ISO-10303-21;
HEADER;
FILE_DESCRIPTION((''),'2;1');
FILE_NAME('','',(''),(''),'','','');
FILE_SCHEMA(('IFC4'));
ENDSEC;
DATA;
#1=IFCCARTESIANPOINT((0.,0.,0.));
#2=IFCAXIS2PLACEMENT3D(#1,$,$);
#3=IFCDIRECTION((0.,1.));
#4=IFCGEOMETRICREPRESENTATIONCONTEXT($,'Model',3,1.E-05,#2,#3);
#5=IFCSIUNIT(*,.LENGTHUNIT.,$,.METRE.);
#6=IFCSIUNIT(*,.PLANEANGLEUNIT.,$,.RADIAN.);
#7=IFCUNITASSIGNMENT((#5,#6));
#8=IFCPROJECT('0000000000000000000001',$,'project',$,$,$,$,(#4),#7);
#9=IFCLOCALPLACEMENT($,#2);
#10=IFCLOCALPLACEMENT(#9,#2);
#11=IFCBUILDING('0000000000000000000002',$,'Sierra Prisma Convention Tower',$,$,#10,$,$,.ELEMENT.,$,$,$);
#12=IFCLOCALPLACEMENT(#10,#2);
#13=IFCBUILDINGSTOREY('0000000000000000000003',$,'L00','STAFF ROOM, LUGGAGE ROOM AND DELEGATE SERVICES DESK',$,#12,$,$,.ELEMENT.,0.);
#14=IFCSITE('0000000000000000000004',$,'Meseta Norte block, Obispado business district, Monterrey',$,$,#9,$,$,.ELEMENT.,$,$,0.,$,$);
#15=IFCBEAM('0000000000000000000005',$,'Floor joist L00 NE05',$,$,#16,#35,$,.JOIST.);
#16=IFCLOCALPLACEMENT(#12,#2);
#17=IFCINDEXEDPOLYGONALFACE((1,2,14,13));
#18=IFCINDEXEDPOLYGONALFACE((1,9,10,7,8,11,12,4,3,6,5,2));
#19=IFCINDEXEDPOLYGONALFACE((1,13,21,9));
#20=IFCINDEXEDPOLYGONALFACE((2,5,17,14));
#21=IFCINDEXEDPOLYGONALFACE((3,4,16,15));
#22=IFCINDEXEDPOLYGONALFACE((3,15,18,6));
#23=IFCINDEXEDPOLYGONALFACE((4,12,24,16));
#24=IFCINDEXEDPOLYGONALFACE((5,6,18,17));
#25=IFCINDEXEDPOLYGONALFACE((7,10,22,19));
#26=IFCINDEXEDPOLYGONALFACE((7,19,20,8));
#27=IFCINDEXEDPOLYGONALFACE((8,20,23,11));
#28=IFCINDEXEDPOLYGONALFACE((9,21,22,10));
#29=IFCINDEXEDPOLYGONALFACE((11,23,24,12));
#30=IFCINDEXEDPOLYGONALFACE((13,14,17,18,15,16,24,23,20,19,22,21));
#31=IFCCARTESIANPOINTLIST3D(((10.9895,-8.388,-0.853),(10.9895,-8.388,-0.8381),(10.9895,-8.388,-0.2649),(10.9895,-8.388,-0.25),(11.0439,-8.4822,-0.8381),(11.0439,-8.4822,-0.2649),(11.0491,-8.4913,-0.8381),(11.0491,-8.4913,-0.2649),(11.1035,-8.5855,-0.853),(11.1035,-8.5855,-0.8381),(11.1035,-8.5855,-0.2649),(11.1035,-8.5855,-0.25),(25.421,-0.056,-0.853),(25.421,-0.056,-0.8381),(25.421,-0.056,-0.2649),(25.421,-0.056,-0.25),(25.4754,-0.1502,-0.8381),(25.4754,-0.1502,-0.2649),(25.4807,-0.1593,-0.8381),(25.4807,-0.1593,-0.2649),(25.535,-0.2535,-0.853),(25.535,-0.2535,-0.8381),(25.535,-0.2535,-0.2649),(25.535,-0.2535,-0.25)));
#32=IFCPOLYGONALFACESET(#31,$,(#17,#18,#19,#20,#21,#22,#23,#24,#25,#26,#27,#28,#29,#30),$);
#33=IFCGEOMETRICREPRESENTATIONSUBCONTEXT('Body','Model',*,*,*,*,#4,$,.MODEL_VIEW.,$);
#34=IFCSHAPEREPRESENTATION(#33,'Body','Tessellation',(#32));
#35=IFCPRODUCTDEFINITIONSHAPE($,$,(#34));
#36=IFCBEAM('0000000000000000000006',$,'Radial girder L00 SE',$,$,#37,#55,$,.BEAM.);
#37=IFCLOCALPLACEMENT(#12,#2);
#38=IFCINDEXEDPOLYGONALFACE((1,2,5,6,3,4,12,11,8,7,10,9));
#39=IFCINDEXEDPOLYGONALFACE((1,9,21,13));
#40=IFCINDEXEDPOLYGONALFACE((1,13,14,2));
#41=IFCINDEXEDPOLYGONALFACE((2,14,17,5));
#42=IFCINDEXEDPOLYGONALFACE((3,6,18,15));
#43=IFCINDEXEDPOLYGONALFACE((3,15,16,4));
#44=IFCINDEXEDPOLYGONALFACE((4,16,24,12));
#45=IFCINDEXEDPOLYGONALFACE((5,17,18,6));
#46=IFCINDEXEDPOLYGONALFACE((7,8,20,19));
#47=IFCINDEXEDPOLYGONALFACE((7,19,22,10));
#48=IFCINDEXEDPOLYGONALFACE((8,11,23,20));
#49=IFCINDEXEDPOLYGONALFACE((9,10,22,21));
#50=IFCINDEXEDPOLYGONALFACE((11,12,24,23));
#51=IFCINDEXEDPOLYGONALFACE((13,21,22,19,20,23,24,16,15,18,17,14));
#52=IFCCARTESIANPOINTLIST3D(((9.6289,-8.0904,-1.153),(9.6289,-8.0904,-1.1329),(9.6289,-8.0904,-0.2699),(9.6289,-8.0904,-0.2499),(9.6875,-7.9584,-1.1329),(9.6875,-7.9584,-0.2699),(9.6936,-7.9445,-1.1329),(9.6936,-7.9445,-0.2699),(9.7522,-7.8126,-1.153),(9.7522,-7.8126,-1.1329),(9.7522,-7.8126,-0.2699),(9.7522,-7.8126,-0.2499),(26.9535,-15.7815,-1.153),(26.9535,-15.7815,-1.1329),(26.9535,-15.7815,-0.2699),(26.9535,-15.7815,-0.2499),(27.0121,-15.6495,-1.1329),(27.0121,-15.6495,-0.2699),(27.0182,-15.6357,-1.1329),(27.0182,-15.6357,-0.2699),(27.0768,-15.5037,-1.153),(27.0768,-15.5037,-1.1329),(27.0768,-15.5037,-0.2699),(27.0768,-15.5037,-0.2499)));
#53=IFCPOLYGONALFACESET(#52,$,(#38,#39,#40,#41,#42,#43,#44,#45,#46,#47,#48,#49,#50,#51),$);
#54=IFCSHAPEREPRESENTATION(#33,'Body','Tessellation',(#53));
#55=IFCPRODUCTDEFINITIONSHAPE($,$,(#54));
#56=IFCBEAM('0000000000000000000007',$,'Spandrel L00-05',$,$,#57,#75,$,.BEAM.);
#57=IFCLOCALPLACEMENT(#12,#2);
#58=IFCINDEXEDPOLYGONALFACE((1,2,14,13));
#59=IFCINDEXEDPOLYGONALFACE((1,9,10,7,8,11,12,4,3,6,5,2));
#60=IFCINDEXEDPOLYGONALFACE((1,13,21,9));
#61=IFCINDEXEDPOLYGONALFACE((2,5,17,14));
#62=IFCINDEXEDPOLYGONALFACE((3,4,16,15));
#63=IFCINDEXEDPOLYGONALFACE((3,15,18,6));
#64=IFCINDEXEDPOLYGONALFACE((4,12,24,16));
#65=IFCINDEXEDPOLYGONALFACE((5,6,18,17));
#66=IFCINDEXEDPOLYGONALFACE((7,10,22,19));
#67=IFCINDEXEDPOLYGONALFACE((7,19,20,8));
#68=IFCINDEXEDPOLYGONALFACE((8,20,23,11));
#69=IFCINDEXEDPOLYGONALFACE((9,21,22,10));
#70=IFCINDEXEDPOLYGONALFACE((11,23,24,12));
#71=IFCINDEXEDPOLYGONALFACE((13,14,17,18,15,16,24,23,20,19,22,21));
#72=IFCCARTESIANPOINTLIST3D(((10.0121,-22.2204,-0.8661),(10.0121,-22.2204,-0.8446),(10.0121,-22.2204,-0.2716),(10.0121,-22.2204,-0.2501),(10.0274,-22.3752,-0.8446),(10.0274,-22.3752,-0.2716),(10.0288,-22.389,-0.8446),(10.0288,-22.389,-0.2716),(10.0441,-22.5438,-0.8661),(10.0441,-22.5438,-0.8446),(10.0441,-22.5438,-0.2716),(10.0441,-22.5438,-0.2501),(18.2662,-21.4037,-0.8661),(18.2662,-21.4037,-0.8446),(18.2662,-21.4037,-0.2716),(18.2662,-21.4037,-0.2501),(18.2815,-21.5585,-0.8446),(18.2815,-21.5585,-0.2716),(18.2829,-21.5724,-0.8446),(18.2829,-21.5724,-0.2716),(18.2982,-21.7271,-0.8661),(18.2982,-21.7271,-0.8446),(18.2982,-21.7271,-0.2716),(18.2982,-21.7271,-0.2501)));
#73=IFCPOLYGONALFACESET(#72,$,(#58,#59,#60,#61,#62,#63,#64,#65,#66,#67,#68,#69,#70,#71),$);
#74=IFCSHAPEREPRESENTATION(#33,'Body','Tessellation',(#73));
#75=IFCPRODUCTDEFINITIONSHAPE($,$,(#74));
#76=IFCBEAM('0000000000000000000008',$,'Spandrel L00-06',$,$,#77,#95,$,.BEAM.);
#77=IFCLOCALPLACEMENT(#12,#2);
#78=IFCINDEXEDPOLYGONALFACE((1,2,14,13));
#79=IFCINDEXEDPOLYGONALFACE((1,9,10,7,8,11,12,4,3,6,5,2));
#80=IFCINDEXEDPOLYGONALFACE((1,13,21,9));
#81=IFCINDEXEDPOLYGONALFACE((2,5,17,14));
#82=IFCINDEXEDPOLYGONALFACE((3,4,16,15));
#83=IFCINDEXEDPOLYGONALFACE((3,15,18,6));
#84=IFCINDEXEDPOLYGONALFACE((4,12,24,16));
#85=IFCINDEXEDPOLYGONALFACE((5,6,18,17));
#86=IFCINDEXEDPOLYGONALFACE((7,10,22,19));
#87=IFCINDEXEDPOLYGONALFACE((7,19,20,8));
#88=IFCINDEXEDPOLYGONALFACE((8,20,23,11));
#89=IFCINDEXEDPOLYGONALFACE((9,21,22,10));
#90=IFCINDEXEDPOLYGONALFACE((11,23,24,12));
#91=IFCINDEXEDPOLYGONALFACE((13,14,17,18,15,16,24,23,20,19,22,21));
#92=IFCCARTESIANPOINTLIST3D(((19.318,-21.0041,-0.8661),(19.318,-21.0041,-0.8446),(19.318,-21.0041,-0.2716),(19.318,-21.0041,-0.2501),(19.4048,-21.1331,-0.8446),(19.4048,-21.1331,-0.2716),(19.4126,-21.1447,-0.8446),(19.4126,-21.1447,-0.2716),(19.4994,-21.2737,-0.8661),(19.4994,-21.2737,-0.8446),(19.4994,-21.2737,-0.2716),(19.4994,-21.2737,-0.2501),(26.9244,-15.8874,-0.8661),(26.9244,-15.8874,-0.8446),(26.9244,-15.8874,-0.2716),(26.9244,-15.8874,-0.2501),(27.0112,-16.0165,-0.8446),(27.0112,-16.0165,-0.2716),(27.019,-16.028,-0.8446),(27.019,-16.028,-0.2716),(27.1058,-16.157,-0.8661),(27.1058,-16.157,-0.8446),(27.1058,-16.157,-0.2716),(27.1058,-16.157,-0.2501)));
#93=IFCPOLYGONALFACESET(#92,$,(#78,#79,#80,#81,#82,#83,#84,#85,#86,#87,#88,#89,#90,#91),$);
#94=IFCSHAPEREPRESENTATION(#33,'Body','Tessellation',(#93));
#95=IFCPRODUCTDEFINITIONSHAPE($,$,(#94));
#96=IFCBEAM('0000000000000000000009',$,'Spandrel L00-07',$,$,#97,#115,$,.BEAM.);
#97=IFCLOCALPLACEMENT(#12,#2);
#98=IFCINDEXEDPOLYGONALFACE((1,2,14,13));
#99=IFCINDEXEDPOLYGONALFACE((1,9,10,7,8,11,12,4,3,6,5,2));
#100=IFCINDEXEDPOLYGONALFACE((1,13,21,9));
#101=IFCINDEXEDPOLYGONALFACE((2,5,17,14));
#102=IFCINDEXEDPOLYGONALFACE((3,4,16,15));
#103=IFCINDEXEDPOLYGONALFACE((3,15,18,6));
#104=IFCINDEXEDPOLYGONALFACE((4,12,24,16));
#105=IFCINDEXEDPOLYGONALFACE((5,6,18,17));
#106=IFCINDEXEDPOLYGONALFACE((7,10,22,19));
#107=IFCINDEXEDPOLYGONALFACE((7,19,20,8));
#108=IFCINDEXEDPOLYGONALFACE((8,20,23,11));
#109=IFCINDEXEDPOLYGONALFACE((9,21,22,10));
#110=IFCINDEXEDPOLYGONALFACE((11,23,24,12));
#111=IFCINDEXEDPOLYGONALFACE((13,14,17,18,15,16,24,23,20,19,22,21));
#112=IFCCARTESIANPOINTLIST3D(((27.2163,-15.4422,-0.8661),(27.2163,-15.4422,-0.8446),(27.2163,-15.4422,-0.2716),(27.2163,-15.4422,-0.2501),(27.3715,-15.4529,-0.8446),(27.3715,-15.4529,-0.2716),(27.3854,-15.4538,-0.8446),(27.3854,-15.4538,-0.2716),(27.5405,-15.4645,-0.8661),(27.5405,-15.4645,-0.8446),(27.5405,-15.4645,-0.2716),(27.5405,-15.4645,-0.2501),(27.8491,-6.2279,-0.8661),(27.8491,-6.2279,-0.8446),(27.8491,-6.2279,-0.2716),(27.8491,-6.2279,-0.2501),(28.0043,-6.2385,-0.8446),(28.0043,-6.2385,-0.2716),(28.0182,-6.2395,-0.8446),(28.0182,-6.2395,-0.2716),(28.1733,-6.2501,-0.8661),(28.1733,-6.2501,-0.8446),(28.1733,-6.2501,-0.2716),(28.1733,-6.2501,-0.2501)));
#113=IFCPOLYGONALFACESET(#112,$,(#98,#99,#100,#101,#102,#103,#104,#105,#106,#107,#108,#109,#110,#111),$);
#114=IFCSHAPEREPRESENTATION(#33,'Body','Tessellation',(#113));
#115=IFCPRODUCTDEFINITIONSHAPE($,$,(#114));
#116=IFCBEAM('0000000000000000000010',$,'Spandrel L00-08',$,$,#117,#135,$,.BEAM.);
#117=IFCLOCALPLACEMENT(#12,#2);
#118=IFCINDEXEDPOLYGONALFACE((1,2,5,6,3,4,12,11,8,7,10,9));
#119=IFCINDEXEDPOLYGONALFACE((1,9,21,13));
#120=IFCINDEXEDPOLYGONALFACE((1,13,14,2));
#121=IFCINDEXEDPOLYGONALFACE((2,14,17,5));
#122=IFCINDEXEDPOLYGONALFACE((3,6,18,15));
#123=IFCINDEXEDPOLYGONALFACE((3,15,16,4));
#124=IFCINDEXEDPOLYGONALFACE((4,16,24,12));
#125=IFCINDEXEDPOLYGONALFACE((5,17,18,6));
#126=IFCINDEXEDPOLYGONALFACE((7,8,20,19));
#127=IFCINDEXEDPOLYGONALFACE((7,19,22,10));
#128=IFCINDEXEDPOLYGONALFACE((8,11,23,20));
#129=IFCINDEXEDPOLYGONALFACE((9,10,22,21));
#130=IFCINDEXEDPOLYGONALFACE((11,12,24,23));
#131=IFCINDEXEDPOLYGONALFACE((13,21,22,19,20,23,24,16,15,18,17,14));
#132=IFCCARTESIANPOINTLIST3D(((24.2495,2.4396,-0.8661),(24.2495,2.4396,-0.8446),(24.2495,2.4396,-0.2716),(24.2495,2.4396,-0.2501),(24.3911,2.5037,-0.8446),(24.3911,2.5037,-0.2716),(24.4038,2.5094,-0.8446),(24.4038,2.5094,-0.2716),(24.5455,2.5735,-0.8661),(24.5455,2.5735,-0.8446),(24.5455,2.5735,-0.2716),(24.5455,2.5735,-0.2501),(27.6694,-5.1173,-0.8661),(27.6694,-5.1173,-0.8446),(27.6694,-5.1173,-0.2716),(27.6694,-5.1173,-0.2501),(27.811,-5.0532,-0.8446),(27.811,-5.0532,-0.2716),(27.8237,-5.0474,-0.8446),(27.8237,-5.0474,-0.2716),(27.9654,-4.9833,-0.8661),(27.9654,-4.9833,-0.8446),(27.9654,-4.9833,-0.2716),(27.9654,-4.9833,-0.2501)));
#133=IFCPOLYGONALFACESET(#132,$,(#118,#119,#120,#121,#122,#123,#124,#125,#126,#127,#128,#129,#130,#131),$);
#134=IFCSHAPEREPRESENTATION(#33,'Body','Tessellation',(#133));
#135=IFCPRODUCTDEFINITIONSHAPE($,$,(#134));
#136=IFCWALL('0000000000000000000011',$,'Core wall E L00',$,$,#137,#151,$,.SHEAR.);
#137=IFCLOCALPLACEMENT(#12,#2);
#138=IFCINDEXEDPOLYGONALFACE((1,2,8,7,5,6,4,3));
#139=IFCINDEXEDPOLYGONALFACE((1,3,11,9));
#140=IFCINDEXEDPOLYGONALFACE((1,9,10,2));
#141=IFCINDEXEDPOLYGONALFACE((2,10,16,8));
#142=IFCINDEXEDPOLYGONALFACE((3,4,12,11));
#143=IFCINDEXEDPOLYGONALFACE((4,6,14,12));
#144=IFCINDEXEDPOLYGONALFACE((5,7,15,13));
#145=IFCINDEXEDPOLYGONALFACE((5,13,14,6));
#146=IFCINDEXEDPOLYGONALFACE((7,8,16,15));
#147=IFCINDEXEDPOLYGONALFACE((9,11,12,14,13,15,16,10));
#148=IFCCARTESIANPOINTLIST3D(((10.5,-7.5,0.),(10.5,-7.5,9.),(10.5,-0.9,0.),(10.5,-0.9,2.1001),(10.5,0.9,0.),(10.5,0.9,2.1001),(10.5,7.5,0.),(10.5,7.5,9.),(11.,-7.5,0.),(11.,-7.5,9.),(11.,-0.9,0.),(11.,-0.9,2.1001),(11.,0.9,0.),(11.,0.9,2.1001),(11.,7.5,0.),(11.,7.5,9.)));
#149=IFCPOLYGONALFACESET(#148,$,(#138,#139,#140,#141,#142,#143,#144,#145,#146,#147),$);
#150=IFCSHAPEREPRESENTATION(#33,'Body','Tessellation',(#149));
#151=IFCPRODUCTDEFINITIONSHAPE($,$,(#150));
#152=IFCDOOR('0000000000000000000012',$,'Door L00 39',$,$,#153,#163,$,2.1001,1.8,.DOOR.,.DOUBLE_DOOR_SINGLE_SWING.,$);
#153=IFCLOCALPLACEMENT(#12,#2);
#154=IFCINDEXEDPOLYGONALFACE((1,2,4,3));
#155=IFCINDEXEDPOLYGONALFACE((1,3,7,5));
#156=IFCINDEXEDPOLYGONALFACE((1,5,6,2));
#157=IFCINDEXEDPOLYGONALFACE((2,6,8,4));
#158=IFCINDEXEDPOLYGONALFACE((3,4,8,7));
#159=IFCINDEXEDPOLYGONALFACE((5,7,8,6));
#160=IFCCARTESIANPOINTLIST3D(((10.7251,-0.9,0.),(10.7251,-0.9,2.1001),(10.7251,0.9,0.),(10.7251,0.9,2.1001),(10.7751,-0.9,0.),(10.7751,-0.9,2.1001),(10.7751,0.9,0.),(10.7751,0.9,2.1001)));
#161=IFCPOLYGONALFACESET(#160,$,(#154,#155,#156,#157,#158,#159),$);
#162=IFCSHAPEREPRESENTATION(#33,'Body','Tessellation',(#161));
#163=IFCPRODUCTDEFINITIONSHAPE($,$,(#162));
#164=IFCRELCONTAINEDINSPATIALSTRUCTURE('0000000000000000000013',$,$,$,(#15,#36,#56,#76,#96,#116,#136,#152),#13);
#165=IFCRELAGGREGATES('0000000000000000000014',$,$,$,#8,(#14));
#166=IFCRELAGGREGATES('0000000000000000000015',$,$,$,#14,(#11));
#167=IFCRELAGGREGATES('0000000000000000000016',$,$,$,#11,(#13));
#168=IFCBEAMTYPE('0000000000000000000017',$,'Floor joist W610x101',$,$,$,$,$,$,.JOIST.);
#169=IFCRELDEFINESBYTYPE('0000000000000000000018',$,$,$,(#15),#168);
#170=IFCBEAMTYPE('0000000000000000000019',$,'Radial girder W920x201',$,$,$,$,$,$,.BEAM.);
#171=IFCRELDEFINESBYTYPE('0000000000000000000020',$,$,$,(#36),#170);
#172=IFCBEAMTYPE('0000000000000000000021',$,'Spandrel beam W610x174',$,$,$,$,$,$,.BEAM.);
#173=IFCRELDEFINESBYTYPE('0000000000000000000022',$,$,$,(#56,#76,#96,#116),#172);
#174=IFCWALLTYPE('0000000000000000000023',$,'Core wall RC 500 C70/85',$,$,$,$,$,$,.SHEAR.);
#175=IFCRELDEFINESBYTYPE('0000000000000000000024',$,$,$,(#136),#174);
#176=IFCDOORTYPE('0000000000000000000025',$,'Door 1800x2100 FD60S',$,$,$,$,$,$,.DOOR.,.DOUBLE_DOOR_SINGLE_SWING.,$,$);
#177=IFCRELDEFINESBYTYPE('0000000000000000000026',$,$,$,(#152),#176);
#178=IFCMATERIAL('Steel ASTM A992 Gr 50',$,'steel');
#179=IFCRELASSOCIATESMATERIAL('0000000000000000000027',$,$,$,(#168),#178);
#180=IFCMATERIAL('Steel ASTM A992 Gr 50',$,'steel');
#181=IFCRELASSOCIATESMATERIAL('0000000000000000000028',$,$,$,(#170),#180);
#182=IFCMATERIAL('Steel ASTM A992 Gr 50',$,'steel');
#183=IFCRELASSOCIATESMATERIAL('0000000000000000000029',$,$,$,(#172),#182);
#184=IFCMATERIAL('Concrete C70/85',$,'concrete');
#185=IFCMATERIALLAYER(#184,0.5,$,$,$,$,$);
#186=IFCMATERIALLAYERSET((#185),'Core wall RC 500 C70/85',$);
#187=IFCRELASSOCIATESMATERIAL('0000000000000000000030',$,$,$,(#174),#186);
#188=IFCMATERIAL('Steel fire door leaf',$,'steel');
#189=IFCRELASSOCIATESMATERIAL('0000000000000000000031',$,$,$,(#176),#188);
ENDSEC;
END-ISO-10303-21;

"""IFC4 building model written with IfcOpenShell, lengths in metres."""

from ifc_helpers import new_model, si_unit, direction, frame, frame_2d, origin, origin_2d, place, context, subcontext, project, spatial, rectangle, i_section, extrude, material, layer, layer_set, material_profile, profile_set, type_object, element, fill, save


model = new_model("IFC4")

# Units and contexts
model_context = context("Model", 3, precision=1e-05, world=origin(), true_north=direction((0.0, 1.0)))
body_context = subcontext(model_context, "Body", "Model", "MODEL_VIEW")
ifc_project = project(units=[si_unit("LENGTHUNIT", "METRE"), si_unit("PLANEANGLEUNIT", "RADIAN")], contexts=[model_context])

# Site, building, storey
site_placement = place(None, origin())
site = spatial("IfcSite", under=ifc_project, at=site_placement, Name="Meseta Norte block, Obispado business district, Monterrey", CompositionType="ELEMENT", RefElevation=0.0)
building_placement = place(site_placement, origin())
building = spatial("IfcBuilding", under=site, at=building_placement, Name="Sierra Prisma Convention Tower", CompositionType="ELEMENT")
storey_placement = place(building_placement, origin())
storey = spatial("IfcBuildingStorey", under=building, at=storey_placement, Name="L00", Description="STAFF ROOM, LUGGAGE ROOM AND DELEGATE SERVICES DESK", CompositionType="ELEMENT", Elevation=0.0)

# Beams
ifc_material_1 = material(Name="Steel ASTM A992 Gr 50", Category="steel")
ifc_material_profile_1 = material_profile(ifc_material_1, i_section(OverallWidth=0.228, OverallDepth=0.603, WebThickness=0.0105, FlangeThickness=0.0149, at=origin_2d()), Name="W610x101")
ifc_profile_set_1 = profile_set([ifc_material_profile_1], Name="Steel ASTM A992 Gr 50")
beam_type_1 = type_object("IfcBeamType", Name="Floor joist W610x101", PredefinedType="JOIST", material=ifc_profile_set_1)
beam_1_placement = place(storey_placement, frame((25.478, -0.1548, -0.5515), z_axis=(-0.866027, -0.499996, 0.0), x_axis=(0.499996, -0.866027, 0.0)))
element("IfcBeam", 1, at=beam_1_placement, inside=storey, type_object=beam_type_1, Name="Floor joist L00 NE05", PredefinedType="JOIST", context=body_context, shape_type="SweptSolid", body=[
    extrude(i_section(OverallWidth=0.228, OverallDepth=0.603, WebThickness=0.0105, FlangeThickness=0.0149, at=origin_2d()), origin(), (0.0, 0.0, 1.0), 16.6641),
])
ifc_material_2 = material(Name="Steel ASTM A992 Gr 50", Category="steel")
ifc_material_profile_2 = material_profile(ifc_material_2, i_section(OverallWidth=0.304, OverallDepth=0.9031, WebThickness=0.0151, FlangeThickness=0.02, at=origin_2d()), Name="W920x201")
ifc_profile_set_2 = profile_set([ifc_material_profile_2], Name="Steel ASTM A992 Gr 50")
beam_type_2 = type_object("IfcBeamType", Name="Radial girder W920x201", PredefinedType="BEAM", material=ifc_profile_set_2)
beam_2_placement = place(storey_placement, frame((27.0151, -15.6426, -0.7014), z_axis=(-0.913982, 0.405755, 0.0), x_axis=(-0.405755, -0.913982, 0.0)))
element("IfcBeam", 2, at=beam_2_placement, inside=storey, type_object=beam_type_2, Name="Radial girder L00 SE", PredefinedType="BEAM", context=body_context, shape_type="SweptSolid", body=[
    extrude(i_section(OverallWidth=0.304, OverallDepth=0.9031, WebThickness=0.0151, FlangeThickness=0.02, at=origin_2d()), origin(), (0.0, 0.0, 1.0), 18.9551),
])
ifc_material_3 = material(Name="Steel ASTM A992 Gr 50", Category="steel")
ifc_material_profile_3 = material_profile(ifc_material_3, i_section(OverallWidth=0.325, OverallDepth=0.616, WebThickness=0.0139, FlangeThickness=0.0215, at=origin_2d()), Name="W610x174")
ifc_profile_set_3 = profile_set([ifc_material_profile_3], Name="Steel ASTM A992 Gr 50")
beam_type_3 = type_object("IfcBeamType", Name="Spandrel beam W610x174", PredefinedType="BEAM", material=ifc_profile_set_3)
beam_3_placement = place(storey_placement, frame((10.0281, -22.3821, -0.5581), z_axis=(0.995141, 0.098457, 0.0), x_axis=(-0.098457, 0.995141, 0.0)))
element("IfcBeam", 3, at=beam_3_placement, inside=storey, type_object=beam_type_3, Name="Spandrel L00-05", PredefinedType="BEAM", context=body_context, shape_type="SweptSolid", body=[
    extrude(i_section(OverallWidth=0.325, OverallDepth=0.616, WebThickness=0.0139, FlangeThickness=0.0215, at=origin_2d()), origin(), (0.0, 0.0, 1.0), 8.2944),
])
beam_4_placement = place(storey_placement, frame((19.4087, -21.1389, -0.5581), z_axis=(0.82974, 0.558149, 0.0), x_axis=(-0.558149, 0.82974, 0.0)))
element("IfcBeam", 4, at=beam_4_placement, inside=storey, type_object=beam_type_3, Name="Spandrel L00-06", PredefinedType="BEAM", context=body_context, shape_type="SweptSolid", body=[
    extrude(i_section(OverallWidth=0.325, OverallDepth=0.616, WebThickness=0.0139, FlangeThickness=0.0215, at=origin_2d()), origin(), (0.0, 0.0, 1.0), 9.1672),
])
beam_5_placement = place(storey_placement, frame((27.3784, -15.4534, -0.5581), z_axis=(0.068515, 0.99765, 0.0), x_axis=(-0.99765, 0.068515, 0.0)))
element("IfcBeam", 5, at=beam_5_placement, inside=storey, type_object=beam_type_3, Name="Spandrel L00-07", PredefinedType="BEAM", context=body_context, shape_type="SweptSolid", body=[
    extrude(i_section(OverallWidth=0.325, OverallDepth=0.616, WebThickness=0.0139, FlangeThickness=0.0215, at=origin_2d()), origin(), (0.0, 0.0, 1.0), 9.2361),
])
beam_6_placement = place(storey_placement, frame((27.8174, -5.0503, -0.5581), z_axis=(-0.412301, 0.911048, 0.0), x_axis=(-0.911048, -0.412301, 0.0)))
element("IfcBeam", 6, at=beam_6_placement, inside=storey, type_object=beam_type_3, Name="Spandrel L00-08", PredefinedType="BEAM", context=body_context, shape_type="SweptSolid", body=[
    extrude(i_section(OverallWidth=0.325, OverallDepth=0.616, WebThickness=0.0139, FlangeThickness=0.0215, at=origin_2d()), origin(), (0.0, 0.0, 1.0), 8.2947),
])

# Wall, opening, door
ifc_material_4 = material(Name="Concrete C70/85", Category="concrete")
ifc_layer_1 = layer(ifc_material_4, 0.5)
ifc_layer_set_1 = layer_set([ifc_layer_1], Name="Core wall RC 500 C70/85")
wall_type_1 = type_object("IfcWallType", Name="Core wall RC 500 C70/85", PredefinedType="SHEAR", material=ifc_layer_set_1)
wall_1_placement = place(storey_placement, frame((10.75, -7.5, 0.0), z_axis=(0.0, 0.0, 1.0), x_axis=(0.0, 1.0, 0.0)))
wall_1 = element("IfcWall", 7, at=wall_1_placement, inside=storey, type_object=wall_type_1, Name="Core wall E L00", PredefinedType="SHEAR", context=body_context, shape_type="SweptSolid", body=[
    extrude(rectangle(XDim=15.0, YDim=0.5, at=frame_2d((7.5, 0.0))), origin(), (0.0, 0.0, 1.0), 9.0),
])
opening_1_placement = place(wall_1_placement, frame((6.6001, 0.0, 0.0)))
opening_1 = element("IfcOpeningElement", 8, at=opening_1_placement, cuts=wall_1, PredefinedType="OPENING", context=body_context, shape_type="SweptSolid", body=[
    extrude(rectangle(XDim=1.8, YDim=2.1001, at=frame_2d((0.8999, 1.05))), frame((0.0, 0.25, 0.0), z_axis=(0.0, -1.0, 0.0), x_axis=(1.0, 0.0, 0.0)), (0.0, 0.0, 1.0), 0.5),
])
ifc_material_5 = material(Name="Steel fire door leaf", Category="steel")
door_type_1 = type_object("IfcDoorType", Name="Door 1800x2100 FD60S", OperationType="DOUBLE_DOOR_SINGLE_SWING", PredefinedType="DOOR", material=ifc_material_5)
door_1_placement = place(opening_1_placement, origin())
door_1 = element("IfcDoor", 9, at=door_1_placement, inside=storey, type_object=door_type_1, Name="Door L00 39", OperationType="DOUBLE_DOOR_SINGLE_SWING", OverallHeight=2.1001, OverallWidth=1.8, PredefinedType="DOOR", context=body_context, shape_type="SweptSolid", body=[
    extrude(rectangle(XDim=1.8, YDim=2.1001, at=frame_2d((0.8999, 1.05))), frame((0.0, 0.0249, 0.0), z_axis=(0.0, -1.0, 0.0), x_axis=(1.0, 0.0, 0.0)), (0.0, 0.0, 1.0), 0.05),
])
fill(opening_1, door_1)

save(model, "model.ifc")
